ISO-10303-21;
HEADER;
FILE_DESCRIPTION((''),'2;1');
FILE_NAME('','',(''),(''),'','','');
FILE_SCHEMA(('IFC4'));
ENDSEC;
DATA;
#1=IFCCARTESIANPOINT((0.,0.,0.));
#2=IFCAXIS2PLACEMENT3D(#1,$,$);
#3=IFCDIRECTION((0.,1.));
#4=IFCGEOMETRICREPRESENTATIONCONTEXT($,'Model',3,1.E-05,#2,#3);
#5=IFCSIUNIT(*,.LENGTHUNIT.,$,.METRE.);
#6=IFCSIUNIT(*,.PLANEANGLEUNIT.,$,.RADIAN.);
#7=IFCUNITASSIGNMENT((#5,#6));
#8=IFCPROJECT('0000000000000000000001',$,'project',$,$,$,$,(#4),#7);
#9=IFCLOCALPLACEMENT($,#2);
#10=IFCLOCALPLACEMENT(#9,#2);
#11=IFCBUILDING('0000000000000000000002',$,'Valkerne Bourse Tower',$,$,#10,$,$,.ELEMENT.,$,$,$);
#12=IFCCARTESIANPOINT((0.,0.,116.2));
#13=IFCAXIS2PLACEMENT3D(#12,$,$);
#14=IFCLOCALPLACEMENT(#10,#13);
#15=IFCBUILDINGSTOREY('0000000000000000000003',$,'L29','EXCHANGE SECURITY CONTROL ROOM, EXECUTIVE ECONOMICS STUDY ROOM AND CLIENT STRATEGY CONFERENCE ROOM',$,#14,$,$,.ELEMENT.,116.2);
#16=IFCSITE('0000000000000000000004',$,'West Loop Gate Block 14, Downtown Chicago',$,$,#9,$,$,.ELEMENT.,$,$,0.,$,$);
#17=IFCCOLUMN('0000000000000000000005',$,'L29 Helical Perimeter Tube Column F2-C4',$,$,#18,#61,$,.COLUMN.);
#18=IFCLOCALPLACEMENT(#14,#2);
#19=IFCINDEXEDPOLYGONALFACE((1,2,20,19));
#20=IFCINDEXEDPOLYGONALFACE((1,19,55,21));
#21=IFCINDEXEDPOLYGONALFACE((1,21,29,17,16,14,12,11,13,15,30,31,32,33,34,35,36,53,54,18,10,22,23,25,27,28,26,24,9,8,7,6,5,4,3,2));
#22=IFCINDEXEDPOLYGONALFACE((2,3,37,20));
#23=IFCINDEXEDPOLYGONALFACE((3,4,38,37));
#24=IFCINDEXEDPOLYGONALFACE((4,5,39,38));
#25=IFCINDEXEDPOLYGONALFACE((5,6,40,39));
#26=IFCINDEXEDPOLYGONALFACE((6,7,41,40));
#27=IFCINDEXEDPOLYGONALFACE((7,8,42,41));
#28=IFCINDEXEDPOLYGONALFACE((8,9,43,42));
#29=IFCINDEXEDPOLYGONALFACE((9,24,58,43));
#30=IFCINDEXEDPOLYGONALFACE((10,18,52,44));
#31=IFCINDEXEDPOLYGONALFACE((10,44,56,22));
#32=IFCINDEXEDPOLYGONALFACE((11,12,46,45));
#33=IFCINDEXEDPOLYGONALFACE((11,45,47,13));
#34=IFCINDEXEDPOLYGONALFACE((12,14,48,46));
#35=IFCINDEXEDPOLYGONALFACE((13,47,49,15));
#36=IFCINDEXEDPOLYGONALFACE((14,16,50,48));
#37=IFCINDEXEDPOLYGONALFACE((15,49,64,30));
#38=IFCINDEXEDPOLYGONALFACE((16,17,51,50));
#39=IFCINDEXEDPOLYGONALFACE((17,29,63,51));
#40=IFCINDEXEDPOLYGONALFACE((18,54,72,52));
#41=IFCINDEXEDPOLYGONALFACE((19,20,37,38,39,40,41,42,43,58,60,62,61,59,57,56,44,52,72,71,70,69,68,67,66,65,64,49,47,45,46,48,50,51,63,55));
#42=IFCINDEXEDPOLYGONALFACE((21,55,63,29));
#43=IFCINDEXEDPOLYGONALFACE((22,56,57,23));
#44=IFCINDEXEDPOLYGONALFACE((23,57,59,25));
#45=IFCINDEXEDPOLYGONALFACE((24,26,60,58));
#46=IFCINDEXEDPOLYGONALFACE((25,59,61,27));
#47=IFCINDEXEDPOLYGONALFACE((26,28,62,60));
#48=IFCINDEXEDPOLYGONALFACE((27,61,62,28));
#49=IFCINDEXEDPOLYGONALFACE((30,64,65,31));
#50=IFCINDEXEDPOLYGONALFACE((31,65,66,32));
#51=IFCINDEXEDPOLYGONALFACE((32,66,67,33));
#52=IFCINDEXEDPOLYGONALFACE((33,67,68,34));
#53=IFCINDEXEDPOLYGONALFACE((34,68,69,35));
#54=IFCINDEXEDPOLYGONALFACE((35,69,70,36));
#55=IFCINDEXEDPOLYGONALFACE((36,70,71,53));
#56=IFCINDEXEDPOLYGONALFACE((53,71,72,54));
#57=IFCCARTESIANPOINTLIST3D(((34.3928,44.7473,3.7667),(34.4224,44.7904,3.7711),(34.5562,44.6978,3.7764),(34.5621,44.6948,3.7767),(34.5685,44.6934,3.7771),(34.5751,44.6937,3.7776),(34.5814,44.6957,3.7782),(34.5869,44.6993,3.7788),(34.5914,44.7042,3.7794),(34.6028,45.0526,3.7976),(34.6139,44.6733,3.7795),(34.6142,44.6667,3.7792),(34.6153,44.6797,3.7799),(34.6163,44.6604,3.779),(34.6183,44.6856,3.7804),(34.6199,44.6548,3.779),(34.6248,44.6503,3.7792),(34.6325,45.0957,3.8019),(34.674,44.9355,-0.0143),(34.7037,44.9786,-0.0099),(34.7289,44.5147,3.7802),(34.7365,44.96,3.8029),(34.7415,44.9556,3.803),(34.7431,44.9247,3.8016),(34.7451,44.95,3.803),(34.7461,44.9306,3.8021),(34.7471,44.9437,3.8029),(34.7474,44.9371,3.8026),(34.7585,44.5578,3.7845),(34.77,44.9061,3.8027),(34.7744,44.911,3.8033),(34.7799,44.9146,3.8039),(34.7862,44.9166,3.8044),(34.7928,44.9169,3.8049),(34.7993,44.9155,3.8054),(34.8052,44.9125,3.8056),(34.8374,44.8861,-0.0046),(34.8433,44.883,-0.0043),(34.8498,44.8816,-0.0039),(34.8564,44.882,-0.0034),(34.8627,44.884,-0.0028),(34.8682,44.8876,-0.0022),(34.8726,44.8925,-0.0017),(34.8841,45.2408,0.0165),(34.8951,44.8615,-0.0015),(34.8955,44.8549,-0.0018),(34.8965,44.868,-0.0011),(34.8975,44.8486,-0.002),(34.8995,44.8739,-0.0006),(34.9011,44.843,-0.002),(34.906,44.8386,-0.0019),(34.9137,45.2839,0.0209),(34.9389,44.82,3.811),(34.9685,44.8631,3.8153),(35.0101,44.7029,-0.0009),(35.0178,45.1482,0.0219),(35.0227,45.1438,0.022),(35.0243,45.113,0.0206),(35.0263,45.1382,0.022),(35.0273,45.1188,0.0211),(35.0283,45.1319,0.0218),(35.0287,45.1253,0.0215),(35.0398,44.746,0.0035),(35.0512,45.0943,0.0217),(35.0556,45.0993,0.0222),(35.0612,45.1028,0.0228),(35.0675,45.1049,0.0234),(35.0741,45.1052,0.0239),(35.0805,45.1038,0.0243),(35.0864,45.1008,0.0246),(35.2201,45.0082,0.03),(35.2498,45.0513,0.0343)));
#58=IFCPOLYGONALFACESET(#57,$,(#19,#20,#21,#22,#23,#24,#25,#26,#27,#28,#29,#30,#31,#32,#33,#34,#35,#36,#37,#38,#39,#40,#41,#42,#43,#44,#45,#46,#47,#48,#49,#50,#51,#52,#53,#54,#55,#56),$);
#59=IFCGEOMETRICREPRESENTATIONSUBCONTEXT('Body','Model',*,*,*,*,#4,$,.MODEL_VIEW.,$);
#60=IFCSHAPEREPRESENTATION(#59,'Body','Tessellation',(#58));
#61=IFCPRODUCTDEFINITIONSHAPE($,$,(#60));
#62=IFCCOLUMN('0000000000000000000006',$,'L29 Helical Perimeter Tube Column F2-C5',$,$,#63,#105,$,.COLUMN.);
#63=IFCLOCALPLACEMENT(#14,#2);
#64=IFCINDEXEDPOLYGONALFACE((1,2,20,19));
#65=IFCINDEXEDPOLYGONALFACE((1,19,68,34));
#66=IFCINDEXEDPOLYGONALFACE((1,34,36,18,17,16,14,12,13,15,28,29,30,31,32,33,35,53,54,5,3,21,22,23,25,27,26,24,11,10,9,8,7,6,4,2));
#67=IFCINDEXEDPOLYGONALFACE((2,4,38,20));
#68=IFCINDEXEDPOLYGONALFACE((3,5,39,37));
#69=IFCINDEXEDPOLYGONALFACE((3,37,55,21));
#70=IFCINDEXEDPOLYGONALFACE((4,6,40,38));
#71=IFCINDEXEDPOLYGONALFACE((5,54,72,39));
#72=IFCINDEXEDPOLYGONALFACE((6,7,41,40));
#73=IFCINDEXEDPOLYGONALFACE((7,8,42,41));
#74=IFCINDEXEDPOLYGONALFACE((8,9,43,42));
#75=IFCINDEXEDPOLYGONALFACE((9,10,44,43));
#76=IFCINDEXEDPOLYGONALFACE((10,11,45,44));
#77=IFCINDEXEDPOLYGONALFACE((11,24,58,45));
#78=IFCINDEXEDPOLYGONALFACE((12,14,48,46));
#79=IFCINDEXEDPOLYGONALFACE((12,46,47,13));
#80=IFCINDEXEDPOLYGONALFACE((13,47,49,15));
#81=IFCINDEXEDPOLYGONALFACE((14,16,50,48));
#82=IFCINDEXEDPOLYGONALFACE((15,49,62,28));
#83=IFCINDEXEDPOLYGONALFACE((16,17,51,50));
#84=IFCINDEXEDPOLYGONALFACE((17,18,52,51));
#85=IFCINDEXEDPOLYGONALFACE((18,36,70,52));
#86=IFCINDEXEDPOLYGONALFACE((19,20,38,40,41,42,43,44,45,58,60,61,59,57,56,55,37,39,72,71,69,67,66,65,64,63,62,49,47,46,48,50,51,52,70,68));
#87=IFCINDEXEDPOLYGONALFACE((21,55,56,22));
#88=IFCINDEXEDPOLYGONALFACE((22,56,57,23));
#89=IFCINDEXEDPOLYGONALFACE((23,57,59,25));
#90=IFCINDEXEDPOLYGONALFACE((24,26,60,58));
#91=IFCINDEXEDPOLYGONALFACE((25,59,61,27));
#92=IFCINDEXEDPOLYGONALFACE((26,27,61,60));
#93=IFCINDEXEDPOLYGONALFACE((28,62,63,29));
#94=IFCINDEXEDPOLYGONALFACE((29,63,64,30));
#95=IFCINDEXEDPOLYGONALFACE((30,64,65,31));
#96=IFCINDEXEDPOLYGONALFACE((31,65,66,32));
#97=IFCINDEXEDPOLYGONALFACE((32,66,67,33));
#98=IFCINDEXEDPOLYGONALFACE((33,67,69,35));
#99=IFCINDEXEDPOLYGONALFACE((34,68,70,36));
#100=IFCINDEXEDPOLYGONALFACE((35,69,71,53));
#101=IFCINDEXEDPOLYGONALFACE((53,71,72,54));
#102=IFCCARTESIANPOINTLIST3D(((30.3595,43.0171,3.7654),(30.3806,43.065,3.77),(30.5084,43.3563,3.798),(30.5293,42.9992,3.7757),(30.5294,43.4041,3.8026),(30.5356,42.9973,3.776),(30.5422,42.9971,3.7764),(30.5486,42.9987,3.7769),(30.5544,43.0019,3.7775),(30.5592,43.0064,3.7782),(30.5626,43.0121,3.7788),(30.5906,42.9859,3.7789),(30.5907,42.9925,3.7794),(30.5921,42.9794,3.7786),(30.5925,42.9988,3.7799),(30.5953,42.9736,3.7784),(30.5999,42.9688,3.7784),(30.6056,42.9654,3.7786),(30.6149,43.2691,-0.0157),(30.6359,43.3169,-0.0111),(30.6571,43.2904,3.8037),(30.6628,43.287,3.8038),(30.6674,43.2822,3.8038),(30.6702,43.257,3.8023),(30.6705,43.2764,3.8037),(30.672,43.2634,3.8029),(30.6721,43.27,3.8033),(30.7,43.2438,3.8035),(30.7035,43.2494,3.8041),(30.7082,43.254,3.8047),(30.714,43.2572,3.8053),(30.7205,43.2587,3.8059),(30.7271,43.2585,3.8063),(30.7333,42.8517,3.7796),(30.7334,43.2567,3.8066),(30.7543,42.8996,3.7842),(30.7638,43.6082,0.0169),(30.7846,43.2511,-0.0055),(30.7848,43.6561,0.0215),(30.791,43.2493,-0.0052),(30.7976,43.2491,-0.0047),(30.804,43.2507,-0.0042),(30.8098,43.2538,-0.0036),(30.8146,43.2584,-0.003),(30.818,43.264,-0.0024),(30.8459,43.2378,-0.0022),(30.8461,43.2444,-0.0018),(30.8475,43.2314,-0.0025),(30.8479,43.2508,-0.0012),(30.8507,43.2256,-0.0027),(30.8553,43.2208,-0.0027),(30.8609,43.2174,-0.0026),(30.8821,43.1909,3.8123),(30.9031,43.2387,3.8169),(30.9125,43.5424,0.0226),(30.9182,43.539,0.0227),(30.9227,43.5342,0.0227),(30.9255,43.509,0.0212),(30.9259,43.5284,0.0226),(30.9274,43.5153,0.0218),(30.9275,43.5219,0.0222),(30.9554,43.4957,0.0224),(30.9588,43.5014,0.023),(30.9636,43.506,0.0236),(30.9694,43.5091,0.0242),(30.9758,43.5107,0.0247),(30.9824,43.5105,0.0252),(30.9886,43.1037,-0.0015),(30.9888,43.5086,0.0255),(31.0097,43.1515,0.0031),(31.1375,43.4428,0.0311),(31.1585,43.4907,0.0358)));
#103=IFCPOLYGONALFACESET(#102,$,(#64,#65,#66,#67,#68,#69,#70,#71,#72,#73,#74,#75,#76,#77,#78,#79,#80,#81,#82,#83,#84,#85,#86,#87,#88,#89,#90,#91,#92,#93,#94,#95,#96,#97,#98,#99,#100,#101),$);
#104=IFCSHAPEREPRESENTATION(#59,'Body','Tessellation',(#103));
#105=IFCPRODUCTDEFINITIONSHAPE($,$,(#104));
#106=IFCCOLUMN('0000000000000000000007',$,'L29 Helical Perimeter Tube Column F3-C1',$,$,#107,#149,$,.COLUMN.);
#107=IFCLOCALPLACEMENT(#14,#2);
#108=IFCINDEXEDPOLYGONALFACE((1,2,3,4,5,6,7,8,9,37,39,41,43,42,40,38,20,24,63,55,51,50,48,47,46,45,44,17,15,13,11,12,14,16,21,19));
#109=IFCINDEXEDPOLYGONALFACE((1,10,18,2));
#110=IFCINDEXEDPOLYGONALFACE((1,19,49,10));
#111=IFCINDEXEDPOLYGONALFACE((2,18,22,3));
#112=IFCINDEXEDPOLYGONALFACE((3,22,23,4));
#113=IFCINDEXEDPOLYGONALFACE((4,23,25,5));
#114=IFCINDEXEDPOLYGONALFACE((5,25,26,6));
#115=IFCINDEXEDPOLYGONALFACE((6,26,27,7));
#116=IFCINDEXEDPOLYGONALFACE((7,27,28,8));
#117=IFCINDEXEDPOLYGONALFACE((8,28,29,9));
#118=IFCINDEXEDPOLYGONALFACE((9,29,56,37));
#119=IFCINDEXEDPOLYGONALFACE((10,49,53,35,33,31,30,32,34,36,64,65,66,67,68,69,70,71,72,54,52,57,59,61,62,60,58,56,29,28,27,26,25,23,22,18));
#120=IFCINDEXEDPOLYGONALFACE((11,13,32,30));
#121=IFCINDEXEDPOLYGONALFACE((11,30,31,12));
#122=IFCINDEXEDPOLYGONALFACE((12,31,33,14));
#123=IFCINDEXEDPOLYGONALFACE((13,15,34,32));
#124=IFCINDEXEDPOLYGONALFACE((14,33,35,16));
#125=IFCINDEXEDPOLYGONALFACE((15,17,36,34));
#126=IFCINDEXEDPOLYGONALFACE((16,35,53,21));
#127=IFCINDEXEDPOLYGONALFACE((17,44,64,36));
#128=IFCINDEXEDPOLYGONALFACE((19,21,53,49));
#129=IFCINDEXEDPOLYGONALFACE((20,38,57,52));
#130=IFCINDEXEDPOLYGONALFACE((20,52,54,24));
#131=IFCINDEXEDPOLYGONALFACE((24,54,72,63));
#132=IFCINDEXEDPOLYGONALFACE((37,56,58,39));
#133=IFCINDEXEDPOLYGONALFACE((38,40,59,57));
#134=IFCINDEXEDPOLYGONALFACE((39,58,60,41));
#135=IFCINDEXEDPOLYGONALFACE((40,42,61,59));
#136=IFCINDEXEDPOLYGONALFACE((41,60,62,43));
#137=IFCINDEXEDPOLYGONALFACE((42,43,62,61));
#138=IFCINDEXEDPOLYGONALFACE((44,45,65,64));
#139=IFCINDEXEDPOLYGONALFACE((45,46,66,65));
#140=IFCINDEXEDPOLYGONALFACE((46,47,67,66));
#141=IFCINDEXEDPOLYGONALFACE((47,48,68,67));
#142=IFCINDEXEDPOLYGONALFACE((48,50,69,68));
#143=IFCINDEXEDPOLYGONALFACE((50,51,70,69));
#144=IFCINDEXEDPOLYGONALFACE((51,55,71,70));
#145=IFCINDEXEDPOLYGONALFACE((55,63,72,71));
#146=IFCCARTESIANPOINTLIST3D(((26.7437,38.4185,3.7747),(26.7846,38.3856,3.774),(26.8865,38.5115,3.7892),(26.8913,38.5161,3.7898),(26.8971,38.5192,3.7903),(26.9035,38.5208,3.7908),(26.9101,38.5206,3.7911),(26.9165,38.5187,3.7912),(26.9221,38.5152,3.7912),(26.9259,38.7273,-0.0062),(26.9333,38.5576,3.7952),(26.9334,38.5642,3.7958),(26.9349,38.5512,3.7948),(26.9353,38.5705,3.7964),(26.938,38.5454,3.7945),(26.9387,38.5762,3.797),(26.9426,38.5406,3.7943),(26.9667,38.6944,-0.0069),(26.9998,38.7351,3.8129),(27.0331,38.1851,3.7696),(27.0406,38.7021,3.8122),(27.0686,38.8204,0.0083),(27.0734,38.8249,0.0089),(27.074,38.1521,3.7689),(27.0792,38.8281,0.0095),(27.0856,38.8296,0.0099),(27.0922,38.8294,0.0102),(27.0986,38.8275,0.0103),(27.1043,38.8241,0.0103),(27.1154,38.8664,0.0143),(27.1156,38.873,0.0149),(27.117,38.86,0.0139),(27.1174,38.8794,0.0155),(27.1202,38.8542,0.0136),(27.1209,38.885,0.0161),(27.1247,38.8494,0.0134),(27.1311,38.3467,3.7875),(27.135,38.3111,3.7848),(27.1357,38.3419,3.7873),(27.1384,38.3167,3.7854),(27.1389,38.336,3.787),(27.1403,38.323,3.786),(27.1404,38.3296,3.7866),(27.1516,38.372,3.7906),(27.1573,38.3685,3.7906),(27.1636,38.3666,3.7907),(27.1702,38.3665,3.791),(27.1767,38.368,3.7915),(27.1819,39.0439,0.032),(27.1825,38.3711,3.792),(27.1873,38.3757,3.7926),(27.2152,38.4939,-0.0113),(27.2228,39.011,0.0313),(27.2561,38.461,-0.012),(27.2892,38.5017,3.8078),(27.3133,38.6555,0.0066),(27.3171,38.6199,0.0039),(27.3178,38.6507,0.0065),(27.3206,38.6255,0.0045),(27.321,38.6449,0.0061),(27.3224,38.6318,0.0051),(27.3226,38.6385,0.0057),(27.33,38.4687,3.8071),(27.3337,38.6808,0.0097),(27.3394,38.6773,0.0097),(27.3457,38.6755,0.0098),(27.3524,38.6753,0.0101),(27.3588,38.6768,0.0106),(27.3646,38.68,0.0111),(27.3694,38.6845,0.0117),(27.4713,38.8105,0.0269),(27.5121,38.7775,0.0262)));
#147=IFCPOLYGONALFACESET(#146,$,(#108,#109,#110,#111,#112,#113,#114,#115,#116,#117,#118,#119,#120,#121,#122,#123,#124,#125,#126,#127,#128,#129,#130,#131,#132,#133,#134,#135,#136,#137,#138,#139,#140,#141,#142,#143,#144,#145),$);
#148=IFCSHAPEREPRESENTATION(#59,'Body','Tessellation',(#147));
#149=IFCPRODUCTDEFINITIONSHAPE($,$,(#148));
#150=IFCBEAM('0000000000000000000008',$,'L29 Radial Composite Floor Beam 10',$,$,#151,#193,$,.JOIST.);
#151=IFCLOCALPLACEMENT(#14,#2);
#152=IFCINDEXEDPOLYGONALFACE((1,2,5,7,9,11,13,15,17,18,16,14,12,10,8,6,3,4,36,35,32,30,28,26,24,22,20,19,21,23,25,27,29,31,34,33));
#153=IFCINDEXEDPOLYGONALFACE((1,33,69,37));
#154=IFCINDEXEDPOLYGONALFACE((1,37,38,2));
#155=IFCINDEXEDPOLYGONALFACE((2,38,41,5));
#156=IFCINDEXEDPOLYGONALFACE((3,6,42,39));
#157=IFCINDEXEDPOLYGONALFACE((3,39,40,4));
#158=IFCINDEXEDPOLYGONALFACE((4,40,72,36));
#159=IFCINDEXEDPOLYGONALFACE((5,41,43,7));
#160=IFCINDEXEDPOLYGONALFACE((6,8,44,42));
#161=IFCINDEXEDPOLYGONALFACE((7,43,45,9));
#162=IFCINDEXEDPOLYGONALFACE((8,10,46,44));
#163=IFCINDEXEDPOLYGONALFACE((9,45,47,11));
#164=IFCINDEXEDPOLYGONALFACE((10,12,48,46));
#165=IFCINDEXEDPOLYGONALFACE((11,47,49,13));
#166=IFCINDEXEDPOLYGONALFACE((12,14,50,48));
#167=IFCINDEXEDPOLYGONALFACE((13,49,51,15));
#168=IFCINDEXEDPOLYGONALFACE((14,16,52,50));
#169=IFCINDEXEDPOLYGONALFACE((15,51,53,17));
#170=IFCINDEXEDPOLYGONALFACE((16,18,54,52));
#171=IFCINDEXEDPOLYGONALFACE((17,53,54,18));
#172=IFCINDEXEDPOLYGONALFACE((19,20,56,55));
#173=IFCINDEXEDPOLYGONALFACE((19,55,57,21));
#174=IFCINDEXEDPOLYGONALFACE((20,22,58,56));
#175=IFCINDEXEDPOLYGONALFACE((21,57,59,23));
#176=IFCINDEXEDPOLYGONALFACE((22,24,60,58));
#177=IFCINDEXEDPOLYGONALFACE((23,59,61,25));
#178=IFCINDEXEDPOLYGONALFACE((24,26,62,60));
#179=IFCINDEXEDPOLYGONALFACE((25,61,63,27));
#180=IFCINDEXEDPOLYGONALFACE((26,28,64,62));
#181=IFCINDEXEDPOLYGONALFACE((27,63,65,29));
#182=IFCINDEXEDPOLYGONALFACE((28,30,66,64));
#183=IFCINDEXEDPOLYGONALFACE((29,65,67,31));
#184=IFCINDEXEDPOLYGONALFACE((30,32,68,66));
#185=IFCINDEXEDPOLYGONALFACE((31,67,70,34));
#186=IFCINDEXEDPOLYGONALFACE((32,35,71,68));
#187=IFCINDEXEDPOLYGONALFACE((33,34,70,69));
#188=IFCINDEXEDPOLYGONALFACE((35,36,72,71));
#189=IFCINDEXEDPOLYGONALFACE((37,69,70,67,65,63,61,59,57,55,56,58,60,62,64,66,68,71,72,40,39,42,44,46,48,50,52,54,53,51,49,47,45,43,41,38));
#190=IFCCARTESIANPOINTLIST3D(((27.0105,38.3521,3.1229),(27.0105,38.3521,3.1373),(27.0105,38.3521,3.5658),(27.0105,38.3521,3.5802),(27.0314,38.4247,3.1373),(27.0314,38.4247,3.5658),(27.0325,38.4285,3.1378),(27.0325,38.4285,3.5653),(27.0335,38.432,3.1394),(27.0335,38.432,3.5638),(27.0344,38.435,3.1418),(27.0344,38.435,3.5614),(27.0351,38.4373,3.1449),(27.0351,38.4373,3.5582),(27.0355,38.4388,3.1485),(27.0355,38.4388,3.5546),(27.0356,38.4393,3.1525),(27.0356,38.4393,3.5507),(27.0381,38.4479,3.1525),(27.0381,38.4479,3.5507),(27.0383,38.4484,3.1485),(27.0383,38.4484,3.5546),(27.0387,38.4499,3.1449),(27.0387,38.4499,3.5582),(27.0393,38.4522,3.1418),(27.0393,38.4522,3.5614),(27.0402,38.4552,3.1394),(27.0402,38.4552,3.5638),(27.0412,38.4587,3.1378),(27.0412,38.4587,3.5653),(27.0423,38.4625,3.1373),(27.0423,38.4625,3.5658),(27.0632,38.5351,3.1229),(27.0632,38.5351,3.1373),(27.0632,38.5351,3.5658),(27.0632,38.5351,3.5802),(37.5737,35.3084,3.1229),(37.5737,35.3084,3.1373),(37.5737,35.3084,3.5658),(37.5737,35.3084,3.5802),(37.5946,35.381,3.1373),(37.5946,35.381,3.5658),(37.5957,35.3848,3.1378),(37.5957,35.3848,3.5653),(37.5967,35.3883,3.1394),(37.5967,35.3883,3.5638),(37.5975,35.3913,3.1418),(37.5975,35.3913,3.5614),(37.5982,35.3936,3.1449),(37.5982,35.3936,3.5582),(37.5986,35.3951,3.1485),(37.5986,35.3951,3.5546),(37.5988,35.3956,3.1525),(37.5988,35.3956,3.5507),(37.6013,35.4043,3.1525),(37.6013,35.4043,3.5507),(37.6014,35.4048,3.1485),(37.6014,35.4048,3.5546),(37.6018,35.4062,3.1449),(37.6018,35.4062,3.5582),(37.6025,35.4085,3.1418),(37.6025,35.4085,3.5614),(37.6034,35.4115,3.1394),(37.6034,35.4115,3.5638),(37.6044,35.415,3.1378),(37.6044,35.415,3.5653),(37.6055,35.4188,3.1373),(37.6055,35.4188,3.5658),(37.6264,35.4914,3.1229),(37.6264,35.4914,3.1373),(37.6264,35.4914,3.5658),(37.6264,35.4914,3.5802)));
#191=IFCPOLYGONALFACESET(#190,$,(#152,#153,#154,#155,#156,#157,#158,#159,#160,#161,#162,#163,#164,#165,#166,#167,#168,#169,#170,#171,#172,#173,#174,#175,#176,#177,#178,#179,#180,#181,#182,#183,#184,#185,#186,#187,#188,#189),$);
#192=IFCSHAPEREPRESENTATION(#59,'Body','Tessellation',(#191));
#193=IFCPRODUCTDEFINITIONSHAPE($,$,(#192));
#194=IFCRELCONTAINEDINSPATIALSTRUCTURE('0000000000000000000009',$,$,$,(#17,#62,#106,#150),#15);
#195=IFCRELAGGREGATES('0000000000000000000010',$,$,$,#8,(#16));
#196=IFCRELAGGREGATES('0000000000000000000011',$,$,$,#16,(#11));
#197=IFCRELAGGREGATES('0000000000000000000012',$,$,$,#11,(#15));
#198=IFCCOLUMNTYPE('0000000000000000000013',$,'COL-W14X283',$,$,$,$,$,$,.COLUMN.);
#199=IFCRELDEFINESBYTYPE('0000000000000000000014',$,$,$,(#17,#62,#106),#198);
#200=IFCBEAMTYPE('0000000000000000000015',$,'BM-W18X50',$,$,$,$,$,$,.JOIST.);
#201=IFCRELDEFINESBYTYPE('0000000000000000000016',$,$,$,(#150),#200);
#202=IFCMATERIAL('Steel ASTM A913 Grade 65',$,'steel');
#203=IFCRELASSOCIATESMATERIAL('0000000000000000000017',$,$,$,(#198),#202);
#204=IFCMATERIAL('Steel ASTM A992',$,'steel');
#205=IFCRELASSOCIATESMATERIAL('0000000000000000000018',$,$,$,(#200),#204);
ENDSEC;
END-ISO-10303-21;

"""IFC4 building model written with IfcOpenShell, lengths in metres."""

from ifc_helpers import new_model, si_unit, direction, frame, origin, origin_2d, place, context, subcontext, project, spatial, i_section, extrude, material, material_profile, profile_set, type_object, element, save


model = new_model("IFC4")

# Units and contexts
model_context = context("Model", 3, precision=1e-05, world=origin(), true_north=direction((0.0, 1.0)))
body_context = subcontext(model_context, "Body", "Model", "MODEL_VIEW")
ifc_project = project(units=[si_unit("LENGTHUNIT", "METRE"), si_unit("PLANEANGLEUNIT", "RADIAN")], contexts=[model_context])

# Site, building, storey
site_placement = place(None, origin())
site = spatial("IfcSite", under=ifc_project, at=site_placement, Name="West Loop Gate Block 14, Downtown Chicago", CompositionType="ELEMENT", RefElevation=0.0)
building_placement = place(site_placement, origin())
building = spatial("IfcBuilding", under=site, at=building_placement, Name="Valkerne Bourse Tower", CompositionType="ELEMENT")
storey_placement = place(building_placement, frame((0.0, 0.0, 116.2)))
storey = spatial("IfcBuildingStorey", under=building, at=storey_placement, Name="L29", Description="EXCHANGE SECURITY CONTROL ROOM, EXECUTIVE ECONOMICS STUDY ROOM AND CLIENT STRATEGY CONFERENCE ROOM", CompositionType="ELEMENT", Elevation=116.2)

# Columns
ifc_material_1 = material(Name="Steel ASTM A913 Grade 65", Category="steel")
ifc_material_profile_1 = material_profile(ifc_material_1, i_section(OverallWidth=0.4089, OverallDepth=0.4243, WebThickness=0.0327, FlangeThickness=0.0525, FilletRadius=0.0254, at=origin_2d()), Name="W14X283")
ifc_profile_set_1 = profile_set([ifc_material_profile_1], Name="Steel ASTM A913 Grade 65")
column_type = type_object("IfcColumnType", Name="COL-W14X283", PredefinedType="COLUMN", material=ifc_profile_set_1)
column_1_placement = place(storey_placement, frame((34.9619, 44.9934, 0.01), z_axis=(-0.074089, -0.049585, 0.996018), x_axis=(-0.821851, 0.568756, -0.032819)))
element("IfcColumn", 1, at=column_1_placement, inside=storey, type_object=column_type, Name="L29 Helical Perimeter Tube Column F2-C4", PredefinedType="COLUMN", context=body_context, shape_type="SweptSolid", body=[
    extrude(i_section(OverallWidth=0.4089, OverallDepth=0.4243, WebThickness=0.0327, FlangeThickness=0.0525, FilletRadius=0.0254, at=origin_2d()), origin(), (0.0, 0.0, 1.0), 3.7961),
])
column_2_placement = place(storey_placement, frame((30.8867, 43.3799, 0.01), z_axis=(-0.067239, -0.066339, 0.995529), x_axis=(-0.913887, 0.404478, -0.034771)))
element("IfcColumn", 2, at=column_2_placement, inside=storey, type_object=column_type, Name="L29 Helical Perimeter Tube Column F2-C5", PredefinedType="COLUMN", context=body_context, shape_type="SweptSolid", body=[
    extrude(i_section(OverallWidth=0.4089, OverallDepth=0.4243, WebThickness=0.0327, FlangeThickness=0.0525, FilletRadius=0.0254, at=origin_2d()), origin(), (0.0, 0.0, 1.0), 3.7981),
])
column_3_placement = place(storey_placement, frame((27.219, 38.7524, 0.01), z_axis=(-0.047954, -0.081317, 0.995534), x_axis=(-0.626111, -0.774121, -0.093391)))
element("IfcColumn", 3, at=column_3_placement, inside=storey, type_object=column_type, Name="L29 Helical Perimeter Tube Column F3-C1", PredefinedType="COLUMN", context=body_context, shape_type="SweptSolid", body=[
    extrude(i_section(OverallWidth=0.4089, OverallDepth=0.4243, WebThickness=0.0327, FlangeThickness=0.0525, FilletRadius=0.0254, at=origin_2d()), origin(), (0.0, 0.0, 1.0), 3.7979),
])

# Beam
ifc_material_2 = material(Name="Steel ASTM A992", Category="steel")
ifc_material_profile_2 = material_profile(ifc_material_2, i_section(OverallWidth=0.1904, OverallDepth=0.4573, WebThickness=0.009, FlangeThickness=0.0144, FilletRadius=0.0151, at=origin_2d()), Name="W18X50")
ifc_profile_set_2 = profile_set([ifc_material_profile_2], Name="Steel ASTM A992")
beam_type_1 = type_object("IfcBeamType", Name="BM-W18X50", PredefinedType="JOIST", material=ifc_profile_set_2)
beam_1_placement = place(storey_placement, frame((27.0369, 38.4436, 3.3516), z_axis=(0.960906, -0.276876, 0.0), x_axis=(0.276876, 0.960906, 0.0)))
element("IfcBeam", 4, at=beam_1_placement, inside=storey, type_object=beam_type_1, Name="L29 Radial Composite Floor Beam 10", PredefinedType="JOIST", context=body_context, shape_type="SweptSolid", body=[
    extrude(i_section(OverallWidth=0.1904, OverallDepth=0.4573, WebThickness=0.009, FlangeThickness=0.0144, FilletRadius=0.0151, at=origin_2d()), origin(), (0.0, 0.0, 1.0), 10.9929),
])

save(model, "model.ifc")
